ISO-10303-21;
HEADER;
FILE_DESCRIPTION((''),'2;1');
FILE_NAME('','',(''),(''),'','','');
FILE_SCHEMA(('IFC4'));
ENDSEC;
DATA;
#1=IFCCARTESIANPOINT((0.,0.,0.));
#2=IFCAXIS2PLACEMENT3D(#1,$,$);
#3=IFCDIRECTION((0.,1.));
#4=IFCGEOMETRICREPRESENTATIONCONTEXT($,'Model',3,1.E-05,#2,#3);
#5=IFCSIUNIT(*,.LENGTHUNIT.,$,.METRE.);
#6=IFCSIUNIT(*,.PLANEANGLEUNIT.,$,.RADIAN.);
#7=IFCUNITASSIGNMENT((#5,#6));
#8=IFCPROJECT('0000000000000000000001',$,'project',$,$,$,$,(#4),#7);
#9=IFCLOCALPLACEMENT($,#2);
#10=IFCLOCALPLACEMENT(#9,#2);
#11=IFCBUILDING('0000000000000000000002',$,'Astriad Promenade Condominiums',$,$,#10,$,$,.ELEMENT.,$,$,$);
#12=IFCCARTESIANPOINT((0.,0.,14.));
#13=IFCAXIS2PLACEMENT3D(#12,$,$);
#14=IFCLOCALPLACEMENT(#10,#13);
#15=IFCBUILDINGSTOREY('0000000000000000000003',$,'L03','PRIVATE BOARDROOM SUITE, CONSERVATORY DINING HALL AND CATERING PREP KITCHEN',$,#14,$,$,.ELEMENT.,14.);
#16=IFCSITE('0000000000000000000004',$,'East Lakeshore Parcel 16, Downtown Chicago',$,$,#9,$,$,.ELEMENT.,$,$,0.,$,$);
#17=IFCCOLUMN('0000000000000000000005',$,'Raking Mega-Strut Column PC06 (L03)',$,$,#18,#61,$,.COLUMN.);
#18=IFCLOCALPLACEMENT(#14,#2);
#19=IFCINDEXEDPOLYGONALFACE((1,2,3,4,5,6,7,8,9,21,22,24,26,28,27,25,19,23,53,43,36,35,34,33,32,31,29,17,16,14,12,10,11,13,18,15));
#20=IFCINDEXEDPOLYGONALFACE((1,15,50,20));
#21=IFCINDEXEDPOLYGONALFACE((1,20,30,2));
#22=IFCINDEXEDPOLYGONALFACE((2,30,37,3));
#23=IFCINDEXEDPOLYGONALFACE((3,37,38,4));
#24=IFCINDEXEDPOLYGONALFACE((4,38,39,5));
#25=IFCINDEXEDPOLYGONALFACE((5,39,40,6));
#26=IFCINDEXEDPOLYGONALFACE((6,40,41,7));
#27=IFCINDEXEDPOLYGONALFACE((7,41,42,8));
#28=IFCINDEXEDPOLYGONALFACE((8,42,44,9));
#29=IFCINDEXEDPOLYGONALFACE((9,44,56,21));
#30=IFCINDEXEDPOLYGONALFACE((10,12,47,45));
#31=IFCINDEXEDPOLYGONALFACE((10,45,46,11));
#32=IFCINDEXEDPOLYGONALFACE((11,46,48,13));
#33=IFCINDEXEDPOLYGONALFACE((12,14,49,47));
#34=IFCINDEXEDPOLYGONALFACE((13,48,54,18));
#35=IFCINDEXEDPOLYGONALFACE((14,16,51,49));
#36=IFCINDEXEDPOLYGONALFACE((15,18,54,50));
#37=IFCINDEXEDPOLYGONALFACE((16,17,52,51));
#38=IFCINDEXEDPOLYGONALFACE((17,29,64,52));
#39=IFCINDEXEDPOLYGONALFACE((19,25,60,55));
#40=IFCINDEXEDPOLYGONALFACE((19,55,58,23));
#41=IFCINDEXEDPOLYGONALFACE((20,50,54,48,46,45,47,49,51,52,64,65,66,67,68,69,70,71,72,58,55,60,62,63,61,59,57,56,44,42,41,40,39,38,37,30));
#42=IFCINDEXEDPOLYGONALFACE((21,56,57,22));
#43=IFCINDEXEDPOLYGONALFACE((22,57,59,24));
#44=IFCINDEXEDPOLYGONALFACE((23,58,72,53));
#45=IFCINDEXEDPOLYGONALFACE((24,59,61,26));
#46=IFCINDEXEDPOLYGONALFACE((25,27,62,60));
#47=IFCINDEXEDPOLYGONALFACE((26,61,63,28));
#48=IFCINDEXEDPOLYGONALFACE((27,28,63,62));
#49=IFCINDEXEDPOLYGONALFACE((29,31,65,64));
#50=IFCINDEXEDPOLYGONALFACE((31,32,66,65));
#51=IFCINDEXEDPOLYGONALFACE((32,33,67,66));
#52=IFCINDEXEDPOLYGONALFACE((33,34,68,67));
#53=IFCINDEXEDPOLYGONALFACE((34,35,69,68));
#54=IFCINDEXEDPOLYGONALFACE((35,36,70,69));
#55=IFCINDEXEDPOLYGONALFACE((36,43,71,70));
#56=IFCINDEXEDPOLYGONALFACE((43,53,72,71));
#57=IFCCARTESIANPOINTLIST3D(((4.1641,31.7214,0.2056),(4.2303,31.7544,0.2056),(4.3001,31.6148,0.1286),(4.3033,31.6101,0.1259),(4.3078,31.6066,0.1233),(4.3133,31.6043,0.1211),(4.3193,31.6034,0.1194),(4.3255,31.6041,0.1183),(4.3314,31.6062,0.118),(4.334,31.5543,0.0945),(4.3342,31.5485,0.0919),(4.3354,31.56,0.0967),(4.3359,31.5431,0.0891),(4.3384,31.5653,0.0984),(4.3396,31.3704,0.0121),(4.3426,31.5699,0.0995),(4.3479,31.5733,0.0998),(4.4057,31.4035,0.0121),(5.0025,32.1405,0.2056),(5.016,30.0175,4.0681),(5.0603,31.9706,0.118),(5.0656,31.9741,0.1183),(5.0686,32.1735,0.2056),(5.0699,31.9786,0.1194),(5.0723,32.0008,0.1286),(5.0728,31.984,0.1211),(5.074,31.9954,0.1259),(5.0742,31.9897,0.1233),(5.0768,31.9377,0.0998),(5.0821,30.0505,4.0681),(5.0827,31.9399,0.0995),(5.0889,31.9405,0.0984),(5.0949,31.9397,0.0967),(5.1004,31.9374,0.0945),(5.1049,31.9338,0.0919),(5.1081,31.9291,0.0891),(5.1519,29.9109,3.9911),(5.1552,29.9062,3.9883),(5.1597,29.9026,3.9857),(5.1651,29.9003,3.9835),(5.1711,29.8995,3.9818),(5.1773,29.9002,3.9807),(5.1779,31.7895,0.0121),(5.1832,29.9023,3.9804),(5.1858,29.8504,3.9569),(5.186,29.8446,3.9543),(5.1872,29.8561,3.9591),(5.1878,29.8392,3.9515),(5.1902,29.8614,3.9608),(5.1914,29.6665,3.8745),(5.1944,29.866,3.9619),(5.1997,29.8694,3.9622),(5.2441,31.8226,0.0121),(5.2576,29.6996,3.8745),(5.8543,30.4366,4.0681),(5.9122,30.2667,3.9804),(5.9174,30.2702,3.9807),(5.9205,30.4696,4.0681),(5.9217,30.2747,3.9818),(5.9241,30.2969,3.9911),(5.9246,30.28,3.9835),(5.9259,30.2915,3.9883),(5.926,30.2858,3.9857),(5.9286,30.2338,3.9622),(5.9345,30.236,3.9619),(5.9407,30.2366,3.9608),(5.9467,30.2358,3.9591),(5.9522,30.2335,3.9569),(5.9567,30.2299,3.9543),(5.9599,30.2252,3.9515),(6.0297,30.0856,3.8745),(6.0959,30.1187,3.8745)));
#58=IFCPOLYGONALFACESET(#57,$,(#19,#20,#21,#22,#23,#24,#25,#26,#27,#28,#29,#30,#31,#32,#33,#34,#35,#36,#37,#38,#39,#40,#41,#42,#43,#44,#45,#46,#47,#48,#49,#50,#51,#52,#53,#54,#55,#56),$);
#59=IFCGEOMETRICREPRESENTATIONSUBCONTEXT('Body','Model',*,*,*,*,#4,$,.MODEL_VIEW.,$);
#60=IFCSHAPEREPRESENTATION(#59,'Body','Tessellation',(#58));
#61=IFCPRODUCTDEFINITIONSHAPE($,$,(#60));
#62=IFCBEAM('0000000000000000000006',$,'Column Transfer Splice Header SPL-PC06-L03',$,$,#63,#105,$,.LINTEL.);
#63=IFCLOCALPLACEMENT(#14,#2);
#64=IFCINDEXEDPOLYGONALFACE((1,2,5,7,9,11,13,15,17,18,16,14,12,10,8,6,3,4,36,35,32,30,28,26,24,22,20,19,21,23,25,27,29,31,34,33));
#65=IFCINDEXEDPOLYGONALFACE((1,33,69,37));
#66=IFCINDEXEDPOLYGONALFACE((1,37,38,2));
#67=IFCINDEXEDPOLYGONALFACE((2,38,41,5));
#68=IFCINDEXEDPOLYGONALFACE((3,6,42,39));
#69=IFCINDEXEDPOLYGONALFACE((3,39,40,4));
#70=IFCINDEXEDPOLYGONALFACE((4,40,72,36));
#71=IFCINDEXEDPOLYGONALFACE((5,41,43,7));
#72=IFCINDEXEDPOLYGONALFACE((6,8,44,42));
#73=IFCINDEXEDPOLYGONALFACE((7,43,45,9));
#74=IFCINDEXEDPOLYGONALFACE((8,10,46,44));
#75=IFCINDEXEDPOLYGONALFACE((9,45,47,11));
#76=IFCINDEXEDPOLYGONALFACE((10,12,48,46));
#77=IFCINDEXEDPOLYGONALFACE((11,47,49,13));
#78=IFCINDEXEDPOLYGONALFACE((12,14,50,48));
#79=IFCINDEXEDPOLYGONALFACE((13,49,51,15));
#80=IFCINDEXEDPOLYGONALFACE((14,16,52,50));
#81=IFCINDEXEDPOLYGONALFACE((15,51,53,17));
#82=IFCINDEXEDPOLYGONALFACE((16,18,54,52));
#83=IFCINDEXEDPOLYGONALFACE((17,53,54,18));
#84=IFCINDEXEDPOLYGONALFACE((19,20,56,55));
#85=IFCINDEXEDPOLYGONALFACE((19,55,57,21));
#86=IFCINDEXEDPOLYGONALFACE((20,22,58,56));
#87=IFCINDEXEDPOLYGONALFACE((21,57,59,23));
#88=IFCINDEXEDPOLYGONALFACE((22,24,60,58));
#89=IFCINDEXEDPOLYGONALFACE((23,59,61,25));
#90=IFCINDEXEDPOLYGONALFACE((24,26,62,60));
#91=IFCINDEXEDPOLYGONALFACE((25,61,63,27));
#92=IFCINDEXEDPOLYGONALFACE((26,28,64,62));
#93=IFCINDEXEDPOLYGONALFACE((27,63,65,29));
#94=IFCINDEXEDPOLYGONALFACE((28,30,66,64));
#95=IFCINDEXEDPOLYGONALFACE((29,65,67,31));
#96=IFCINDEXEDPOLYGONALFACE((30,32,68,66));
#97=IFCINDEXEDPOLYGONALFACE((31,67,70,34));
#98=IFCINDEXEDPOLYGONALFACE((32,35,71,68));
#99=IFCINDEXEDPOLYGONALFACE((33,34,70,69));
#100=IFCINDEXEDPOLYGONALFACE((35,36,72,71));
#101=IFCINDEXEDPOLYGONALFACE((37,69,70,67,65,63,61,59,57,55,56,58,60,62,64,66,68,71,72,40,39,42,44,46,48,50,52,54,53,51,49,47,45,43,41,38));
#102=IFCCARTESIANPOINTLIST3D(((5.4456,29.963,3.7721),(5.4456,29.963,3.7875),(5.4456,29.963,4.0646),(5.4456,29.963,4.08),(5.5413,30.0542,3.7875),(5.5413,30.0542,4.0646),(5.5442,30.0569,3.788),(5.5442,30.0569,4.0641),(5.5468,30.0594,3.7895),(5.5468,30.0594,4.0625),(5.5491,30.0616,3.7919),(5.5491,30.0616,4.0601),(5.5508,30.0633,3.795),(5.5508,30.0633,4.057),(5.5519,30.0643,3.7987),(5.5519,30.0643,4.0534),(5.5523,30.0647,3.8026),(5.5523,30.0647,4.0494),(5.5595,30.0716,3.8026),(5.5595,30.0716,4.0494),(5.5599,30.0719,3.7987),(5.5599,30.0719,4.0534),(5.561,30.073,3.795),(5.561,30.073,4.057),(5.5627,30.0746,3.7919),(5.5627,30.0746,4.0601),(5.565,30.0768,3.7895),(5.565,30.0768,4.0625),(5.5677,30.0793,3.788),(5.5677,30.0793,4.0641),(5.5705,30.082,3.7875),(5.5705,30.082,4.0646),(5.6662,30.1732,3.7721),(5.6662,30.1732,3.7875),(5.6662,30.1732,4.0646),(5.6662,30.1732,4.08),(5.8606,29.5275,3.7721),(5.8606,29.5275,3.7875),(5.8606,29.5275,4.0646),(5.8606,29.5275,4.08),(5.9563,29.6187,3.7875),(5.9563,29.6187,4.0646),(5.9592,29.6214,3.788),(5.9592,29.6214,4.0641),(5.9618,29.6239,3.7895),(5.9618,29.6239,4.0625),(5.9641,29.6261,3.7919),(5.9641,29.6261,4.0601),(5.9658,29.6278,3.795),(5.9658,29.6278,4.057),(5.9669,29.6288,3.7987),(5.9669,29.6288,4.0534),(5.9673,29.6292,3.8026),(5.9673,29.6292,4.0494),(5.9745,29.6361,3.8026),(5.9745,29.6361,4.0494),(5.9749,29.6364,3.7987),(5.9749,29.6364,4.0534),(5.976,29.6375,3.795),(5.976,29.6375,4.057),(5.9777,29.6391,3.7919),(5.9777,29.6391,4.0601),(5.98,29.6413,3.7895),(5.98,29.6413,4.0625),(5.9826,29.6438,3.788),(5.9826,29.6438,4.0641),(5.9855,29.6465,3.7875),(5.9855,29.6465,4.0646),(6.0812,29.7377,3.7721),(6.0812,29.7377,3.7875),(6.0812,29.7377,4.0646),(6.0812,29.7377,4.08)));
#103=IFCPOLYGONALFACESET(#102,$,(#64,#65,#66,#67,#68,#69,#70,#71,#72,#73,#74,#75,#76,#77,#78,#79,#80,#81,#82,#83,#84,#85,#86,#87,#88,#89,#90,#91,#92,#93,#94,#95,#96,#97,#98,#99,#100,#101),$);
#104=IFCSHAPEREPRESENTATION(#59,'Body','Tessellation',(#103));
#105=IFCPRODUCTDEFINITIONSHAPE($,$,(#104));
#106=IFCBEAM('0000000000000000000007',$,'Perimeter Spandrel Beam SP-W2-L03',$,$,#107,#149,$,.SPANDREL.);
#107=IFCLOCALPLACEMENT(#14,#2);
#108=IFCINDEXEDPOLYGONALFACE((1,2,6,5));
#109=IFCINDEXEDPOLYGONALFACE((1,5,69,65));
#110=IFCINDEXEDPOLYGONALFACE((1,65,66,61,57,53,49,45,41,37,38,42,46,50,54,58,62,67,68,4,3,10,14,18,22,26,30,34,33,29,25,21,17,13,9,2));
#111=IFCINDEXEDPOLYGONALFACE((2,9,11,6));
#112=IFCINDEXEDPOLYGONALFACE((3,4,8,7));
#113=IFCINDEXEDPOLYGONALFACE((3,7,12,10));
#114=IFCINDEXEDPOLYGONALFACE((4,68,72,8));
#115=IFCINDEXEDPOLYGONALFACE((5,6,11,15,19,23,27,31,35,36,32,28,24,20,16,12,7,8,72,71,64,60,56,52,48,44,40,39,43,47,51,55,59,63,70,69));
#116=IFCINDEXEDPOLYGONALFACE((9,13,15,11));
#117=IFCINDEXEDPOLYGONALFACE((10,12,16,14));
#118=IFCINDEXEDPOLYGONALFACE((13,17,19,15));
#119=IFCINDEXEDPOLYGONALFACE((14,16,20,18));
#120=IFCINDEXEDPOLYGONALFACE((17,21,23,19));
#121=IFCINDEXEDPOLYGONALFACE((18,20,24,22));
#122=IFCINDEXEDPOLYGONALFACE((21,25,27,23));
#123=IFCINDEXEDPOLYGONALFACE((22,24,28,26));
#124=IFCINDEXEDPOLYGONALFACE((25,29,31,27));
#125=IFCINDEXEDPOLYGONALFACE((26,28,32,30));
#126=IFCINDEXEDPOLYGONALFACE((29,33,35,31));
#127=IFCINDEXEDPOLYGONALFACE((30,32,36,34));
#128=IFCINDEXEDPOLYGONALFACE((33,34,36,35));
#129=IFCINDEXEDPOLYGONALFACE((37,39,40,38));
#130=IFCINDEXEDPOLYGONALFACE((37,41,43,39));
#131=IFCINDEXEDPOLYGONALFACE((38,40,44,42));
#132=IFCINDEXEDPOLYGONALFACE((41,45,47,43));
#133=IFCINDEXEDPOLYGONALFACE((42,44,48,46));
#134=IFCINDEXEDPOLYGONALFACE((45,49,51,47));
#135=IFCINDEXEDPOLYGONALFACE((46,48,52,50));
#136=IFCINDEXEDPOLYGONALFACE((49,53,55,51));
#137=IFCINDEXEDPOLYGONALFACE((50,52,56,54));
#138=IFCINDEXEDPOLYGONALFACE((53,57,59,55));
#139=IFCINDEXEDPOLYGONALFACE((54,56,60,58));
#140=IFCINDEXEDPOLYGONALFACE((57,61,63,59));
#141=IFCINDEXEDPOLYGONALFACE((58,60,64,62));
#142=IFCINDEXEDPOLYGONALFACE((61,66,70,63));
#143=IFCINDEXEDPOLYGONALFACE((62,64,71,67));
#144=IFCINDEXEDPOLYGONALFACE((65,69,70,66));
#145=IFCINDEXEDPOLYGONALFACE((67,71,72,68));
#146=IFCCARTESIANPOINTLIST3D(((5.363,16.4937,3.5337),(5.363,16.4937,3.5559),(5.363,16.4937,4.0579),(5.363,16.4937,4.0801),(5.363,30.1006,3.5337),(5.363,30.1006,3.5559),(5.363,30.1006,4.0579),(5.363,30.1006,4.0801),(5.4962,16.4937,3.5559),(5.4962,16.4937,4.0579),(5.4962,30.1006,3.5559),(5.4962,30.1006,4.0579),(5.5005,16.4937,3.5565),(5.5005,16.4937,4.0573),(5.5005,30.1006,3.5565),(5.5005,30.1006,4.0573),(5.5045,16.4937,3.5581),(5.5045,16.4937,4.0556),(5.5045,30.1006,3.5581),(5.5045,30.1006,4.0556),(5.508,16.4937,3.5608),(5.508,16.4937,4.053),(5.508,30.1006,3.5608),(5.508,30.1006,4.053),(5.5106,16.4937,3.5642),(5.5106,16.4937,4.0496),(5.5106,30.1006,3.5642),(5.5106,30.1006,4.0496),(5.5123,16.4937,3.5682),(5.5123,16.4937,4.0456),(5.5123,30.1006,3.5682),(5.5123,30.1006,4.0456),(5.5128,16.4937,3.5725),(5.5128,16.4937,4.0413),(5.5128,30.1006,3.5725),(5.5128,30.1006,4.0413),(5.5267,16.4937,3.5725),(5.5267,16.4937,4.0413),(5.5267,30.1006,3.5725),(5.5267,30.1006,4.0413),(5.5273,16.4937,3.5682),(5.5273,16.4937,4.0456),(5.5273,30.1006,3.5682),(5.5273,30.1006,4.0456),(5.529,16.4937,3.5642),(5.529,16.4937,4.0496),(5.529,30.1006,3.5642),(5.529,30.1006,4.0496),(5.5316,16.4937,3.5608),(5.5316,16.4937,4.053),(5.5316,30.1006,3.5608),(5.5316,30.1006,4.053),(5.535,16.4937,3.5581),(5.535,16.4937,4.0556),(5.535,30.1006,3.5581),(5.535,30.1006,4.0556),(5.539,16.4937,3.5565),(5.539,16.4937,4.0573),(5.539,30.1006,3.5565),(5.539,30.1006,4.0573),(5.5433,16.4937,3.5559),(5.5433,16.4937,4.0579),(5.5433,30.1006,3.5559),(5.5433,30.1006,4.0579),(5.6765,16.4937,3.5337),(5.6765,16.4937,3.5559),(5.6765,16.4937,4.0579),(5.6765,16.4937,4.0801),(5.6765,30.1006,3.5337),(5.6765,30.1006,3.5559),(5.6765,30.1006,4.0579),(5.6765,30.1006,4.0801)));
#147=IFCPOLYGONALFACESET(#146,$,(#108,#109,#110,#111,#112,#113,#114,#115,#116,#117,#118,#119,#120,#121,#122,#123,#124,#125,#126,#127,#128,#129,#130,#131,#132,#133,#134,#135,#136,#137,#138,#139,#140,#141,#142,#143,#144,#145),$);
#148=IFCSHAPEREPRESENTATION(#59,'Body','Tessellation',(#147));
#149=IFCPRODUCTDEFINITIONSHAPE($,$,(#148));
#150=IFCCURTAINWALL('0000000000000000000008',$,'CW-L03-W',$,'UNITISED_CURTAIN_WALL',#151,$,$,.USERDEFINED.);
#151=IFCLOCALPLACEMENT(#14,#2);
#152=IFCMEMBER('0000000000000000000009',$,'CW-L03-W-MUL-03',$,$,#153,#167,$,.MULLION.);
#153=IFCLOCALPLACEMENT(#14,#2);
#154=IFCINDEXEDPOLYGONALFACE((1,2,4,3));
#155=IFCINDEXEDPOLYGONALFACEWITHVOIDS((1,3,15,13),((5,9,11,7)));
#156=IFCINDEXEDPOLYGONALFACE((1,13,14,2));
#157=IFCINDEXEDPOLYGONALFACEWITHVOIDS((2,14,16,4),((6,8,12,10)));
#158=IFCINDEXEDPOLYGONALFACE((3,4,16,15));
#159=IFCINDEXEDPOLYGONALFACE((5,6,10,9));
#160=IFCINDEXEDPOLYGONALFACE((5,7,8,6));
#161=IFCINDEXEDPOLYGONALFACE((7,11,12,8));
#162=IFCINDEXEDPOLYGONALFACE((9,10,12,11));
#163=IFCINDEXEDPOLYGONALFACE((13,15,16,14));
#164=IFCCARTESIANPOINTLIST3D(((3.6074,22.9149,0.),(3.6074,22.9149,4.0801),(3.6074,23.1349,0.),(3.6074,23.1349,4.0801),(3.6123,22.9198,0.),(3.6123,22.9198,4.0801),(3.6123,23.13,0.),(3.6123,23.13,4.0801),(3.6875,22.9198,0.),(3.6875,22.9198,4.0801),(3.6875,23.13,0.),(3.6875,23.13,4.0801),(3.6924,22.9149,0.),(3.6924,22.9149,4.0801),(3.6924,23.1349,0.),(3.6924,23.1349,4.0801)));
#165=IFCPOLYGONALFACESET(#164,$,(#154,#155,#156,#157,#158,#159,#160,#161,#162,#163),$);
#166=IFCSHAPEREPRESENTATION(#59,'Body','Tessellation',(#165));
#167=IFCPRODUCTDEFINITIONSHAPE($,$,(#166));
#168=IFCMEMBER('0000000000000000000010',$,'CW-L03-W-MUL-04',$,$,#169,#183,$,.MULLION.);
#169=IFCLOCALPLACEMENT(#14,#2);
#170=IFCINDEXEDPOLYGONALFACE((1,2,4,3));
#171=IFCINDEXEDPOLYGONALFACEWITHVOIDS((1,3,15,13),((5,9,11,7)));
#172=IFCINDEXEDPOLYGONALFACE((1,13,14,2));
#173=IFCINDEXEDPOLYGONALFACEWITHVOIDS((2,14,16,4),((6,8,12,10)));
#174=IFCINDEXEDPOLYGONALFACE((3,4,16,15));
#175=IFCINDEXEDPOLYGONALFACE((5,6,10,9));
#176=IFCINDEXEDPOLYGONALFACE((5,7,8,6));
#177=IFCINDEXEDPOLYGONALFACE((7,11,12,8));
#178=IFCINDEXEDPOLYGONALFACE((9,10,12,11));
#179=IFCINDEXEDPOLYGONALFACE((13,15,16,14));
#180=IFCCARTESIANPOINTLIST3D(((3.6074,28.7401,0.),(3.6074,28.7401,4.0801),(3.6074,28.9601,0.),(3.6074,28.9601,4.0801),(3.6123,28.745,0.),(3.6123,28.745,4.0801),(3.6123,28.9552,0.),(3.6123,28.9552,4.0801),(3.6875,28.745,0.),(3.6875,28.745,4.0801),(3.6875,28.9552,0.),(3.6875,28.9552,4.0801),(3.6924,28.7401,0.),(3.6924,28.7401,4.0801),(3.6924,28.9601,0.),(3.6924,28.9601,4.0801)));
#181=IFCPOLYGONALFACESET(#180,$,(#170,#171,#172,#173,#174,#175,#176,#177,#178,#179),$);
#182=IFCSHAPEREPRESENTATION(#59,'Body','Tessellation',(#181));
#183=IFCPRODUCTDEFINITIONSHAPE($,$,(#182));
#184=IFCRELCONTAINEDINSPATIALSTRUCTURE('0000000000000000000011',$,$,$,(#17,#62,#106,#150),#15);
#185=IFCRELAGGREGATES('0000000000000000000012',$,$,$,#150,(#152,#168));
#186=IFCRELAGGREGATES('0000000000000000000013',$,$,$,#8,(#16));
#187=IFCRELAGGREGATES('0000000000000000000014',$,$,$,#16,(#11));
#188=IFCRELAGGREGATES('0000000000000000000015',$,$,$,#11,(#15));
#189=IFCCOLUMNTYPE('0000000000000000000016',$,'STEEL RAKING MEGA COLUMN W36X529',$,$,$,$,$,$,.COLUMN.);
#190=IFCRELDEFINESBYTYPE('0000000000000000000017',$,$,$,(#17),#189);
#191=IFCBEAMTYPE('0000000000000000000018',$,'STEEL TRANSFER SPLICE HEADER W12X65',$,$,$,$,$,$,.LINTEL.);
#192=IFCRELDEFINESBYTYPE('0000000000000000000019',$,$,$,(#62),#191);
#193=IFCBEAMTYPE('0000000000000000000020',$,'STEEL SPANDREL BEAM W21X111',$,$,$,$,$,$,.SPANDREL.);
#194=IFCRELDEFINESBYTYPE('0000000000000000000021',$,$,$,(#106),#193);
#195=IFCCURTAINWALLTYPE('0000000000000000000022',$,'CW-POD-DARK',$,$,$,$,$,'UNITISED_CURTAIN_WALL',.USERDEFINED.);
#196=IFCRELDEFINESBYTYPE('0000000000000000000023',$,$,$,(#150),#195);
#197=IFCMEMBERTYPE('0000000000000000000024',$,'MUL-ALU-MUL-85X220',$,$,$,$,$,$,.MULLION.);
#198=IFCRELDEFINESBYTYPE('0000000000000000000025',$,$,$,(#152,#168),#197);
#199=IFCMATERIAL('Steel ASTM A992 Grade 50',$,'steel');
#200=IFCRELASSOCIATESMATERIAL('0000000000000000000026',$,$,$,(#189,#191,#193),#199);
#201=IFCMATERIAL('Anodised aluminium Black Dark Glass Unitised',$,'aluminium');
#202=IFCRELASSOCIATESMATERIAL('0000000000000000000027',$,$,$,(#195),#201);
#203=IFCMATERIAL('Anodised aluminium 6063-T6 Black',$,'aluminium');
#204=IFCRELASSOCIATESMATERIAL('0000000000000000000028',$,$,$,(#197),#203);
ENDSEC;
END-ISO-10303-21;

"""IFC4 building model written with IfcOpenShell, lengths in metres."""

from ifc_helpers import new_model, si_unit, direction, frame, origin, origin_2d, place, context, subcontext, project, spatial, hollow_rectangle, i_section, extrude, source, transform, mapped, material, material_profile, profile_set, type_object, type_shapes, element, aggregate, save


model = new_model("IFC4")

# Units and contexts
model_context = context("Model", 3, precision=1e-05, world=origin(), true_north=direction((0.0, 1.0)))
body_context = subcontext(model_context, "Body", "Model", "MODEL_VIEW")
ifc_project = project(units=[si_unit("LENGTHUNIT", "METRE"), si_unit("PLANEANGLEUNIT", "RADIAN")], contexts=[model_context])

# Site, building, storey
site_placement = place(None, origin())
site = spatial("IfcSite", under=ifc_project, at=site_placement, Name="East Lakeshore Parcel 16, Downtown Chicago", CompositionType="ELEMENT", RefElevation=0.0)
building_placement = place(site_placement, origin())
building = spatial("IfcBuilding", under=site, at=building_placement, Name="Astriad Promenade Condominiums", CompositionType="ELEMENT")
storey_placement = place(building_placement, frame((0.0, 0.0, 14.0)))
storey = spatial("IfcBuildingStorey", under=building, at=storey_placement, Name="L03", Description="PRIVATE BOARDROOM SUITE, CONSERVATORY DINING HALL AND CATERING PREP KITCHEN", CompositionType="ELEMENT", Elevation=14.0)

# Column
ifc_material_1 = material(Name="Steel ASTM A992 Grade 50", Category="steel")
ifc_material_profile_1 = material_profile(ifc_material_1, i_section(OverallWidth=0.4375, OverallDepth=1.0112, WebThickness=0.041, FlangeThickness=0.074, FilletRadius=0.0242, at=origin_2d()), Name="W36X529")
ifc_profile_set_1 = profile_set([ifc_material_profile_1], Name="Steel ASTM A992 Grade 50")
column_type = type_object("IfcColumnType", Name="STEEL RAKING MEGA COLUMN W36X529", PredefinedType="COLUMN", material=ifc_profile_set_1)
shared_shape_1 = source(origin(), body_context, "Body", "SweptSolid", [
    extrude(i_section(OverallWidth=0.4375, OverallDepth=1.0112, WebThickness=0.041, FlangeThickness=0.074, FilletRadius=0.0242, at=origin_2d()), origin(), (0.0, 0.0, 1.0), 4.3066),
])
type_shapes(column_type, [shared_shape_1])
column_placement = place(storey_placement, frame((4.7041, 31.772, 0.1089), z_axis=(0.197795, -0.395646, 0.896851), x_axis=(-0.401038, 0.802191, 0.442333)))
element("IfcColumn", 1, at=column_placement, inside=storey, type_object=column_type, Name="Raking Mega-Strut Column PC06 (L03)", PredefinedType="COLUMN", context=body_context, shape_type="MappedRepresentation", body=[
    mapped(shared_shape_1, transform((0.0, 0.0, 0.0), scale=1.0)),
])

# Beams
ifc_material_profile_2 = material_profile(ifc_material_1, i_section(OverallWidth=0.3047, OverallDepth=0.3079, WebThickness=0.01, FlangeThickness=0.0154, FilletRadius=0.0151, at=origin_2d()), Name="W12X65")
ifc_profile_set_2 = profile_set([ifc_material_profile_2], Name="Steel ASTM A992 Grade 50")
beam_type_1 = type_object("IfcBeamType", Name="STEEL TRANSFER SPLICE HEADER W12X65", PredefinedType="LINTEL", material=ifc_profile_set_2)
shared_shape_2 = source(origin(), body_context, "Body", "SweptSolid", [
    extrude(i_section(OverallWidth=0.3047, OverallDepth=0.3079, WebThickness=0.01, FlangeThickness=0.0154, FilletRadius=0.0151, at=origin_2d()), origin(), (0.0, 0.0, 1.0), 0.6016),
])
type_shapes(beam_type_1, [shared_shape_2])
beam_1_placement = place(storey_placement, frame((5.5559, 30.0681, 3.926), z_axis=(0.689858, -0.723945, 0.0), x_axis=(0.723945, 0.689858, 0.0)))
element("IfcBeam", 2, at=beam_1_placement, inside=storey, type_object=beam_type_1, Name="Column Transfer Splice Header SPL-PC06-L03", PredefinedType="LINTEL", context=body_context, shape_type="MappedRepresentation", body=[
    mapped(shared_shape_2, transform((0.0, 0.0, 0.0), scale=1.0)),
])
ifc_material_profile_3 = material_profile(ifc_material_1, i_section(OverallWidth=0.3135, OverallDepth=0.5464, WebThickness=0.0139, FlangeThickness=0.0222, FilletRadius=0.0166, at=origin_2d()), Name="W21X111")
ifc_profile_set_3 = profile_set([ifc_material_profile_3], Name="Steel ASTM A992 Grade 50")
beam_type_2 = type_object("IfcBeamType", Name="STEEL SPANDREL BEAM W21X111", PredefinedType="SPANDREL", material=ifc_profile_set_3)
shared_shape_3 = source(origin(), body_context, "Body", "SweptSolid", [
    extrude(i_section(OverallWidth=0.3135, OverallDepth=0.5464, WebThickness=0.0139, FlangeThickness=0.0222, FilletRadius=0.0166, at=origin_2d()), origin(), (0.0, 0.0, 1.0), 13.6069),
])
type_shapes(beam_type_2, [shared_shape_3])
beam_2_placement = place(storey_placement, frame((5.5198, 30.1006, 3.8069), z_axis=(0.0, -1.0, 0.0), x_axis=(1.0, 0.0, 0.0)))
element("IfcBeam", 3, at=beam_2_placement, inside=storey, type_object=beam_type_2, Name="Perimeter Spandrel Beam SP-W2-L03", PredefinedType="SPANDREL", context=body_context, shape_type="MappedRepresentation", body=[
    mapped(shared_shape_3, transform((0.0, 0.0, 0.0), scale=1.0)),
])

# Curtain wall, members
ifc_material_2 = material(Name="Anodised aluminium Black Dark Glass Unitised", Category="aluminium")
curtain_wall_type = type_object("IfcCurtainWallType", Name="CW-POD-DARK", ElementType="UNITISED_CURTAIN_WALL", PredefinedType="USERDEFINED", material=ifc_material_2)
curtain_wall_1_placement = place(storey_placement, origin())
curtain_wall_1 = element("IfcCurtainWall", 4, at=curtain_wall_1_placement, inside=storey, type_object=curtain_wall_type, Name="CW-L03-W", ObjectType="UNITISED_CURTAIN_WALL", PredefinedType="USERDEFINED")
ifc_material_3 = material(Name="Anodised aluminium 6063-T6 Black", Category="aluminium")
ifc_material_profile_4 = material_profile(ifc_material_3, hollow_rectangle(XDim=0.085, YDim=0.22, WallThickness=0.0049, at=origin_2d()), Name="ALU-MUL-85X220")
ifc_profile_set_4 = profile_set([ifc_material_profile_4], Name="Anodised aluminium 6063-T6 Black")
member_type_1 = type_object("IfcMemberType", Name="MUL-ALU-MUL-85X220", PredefinedType="MULLION", material=ifc_profile_set_4)
shared_shape_4 = source(origin(), body_context, "Body", "SweptSolid", [
    extrude(hollow_rectangle(XDim=0.085, YDim=0.22, WallThickness=0.0049, at=origin_2d()), origin(), (0.0, 0.0, 1.0), 4.0801),
])
type_shapes(member_type_1, [shared_shape_4])
member_1_placement = place(storey_placement, frame((3.6499, 23.0249, 0.0), z_axis=(0.0, 0.0, 1.0), x_axis=(1.0, 0.0, 0.0)))
member_1 = element("IfcMember", 5, at=member_1_placement, type_object=member_type_1, Name="CW-L03-W-MUL-03", PredefinedType="MULLION", context=body_context, shape_type="MappedRepresentation", body=[
    mapped(shared_shape_4, transform((0.0, 0.0, 0.0), scale=1.0)),
])
member_2_placement = place(storey_placement, frame((3.6499, 28.8501, 0.0), z_axis=(0.0, 0.0, 1.0), x_axis=(1.0, 0.0, 0.0)))
member_2 = element("IfcMember", 6, at=member_2_placement, type_object=member_type_1, Name="CW-L03-W-MUL-04", PredefinedType="MULLION", context=body_context, shape_type="MappedRepresentation", body=[
    mapped(shared_shape_4, transform((0.0, 0.0, 0.0), scale=1.0)),
])

aggregate(curtain_wall_1, [member_1, member_2])

save(model, "model.ifc")
